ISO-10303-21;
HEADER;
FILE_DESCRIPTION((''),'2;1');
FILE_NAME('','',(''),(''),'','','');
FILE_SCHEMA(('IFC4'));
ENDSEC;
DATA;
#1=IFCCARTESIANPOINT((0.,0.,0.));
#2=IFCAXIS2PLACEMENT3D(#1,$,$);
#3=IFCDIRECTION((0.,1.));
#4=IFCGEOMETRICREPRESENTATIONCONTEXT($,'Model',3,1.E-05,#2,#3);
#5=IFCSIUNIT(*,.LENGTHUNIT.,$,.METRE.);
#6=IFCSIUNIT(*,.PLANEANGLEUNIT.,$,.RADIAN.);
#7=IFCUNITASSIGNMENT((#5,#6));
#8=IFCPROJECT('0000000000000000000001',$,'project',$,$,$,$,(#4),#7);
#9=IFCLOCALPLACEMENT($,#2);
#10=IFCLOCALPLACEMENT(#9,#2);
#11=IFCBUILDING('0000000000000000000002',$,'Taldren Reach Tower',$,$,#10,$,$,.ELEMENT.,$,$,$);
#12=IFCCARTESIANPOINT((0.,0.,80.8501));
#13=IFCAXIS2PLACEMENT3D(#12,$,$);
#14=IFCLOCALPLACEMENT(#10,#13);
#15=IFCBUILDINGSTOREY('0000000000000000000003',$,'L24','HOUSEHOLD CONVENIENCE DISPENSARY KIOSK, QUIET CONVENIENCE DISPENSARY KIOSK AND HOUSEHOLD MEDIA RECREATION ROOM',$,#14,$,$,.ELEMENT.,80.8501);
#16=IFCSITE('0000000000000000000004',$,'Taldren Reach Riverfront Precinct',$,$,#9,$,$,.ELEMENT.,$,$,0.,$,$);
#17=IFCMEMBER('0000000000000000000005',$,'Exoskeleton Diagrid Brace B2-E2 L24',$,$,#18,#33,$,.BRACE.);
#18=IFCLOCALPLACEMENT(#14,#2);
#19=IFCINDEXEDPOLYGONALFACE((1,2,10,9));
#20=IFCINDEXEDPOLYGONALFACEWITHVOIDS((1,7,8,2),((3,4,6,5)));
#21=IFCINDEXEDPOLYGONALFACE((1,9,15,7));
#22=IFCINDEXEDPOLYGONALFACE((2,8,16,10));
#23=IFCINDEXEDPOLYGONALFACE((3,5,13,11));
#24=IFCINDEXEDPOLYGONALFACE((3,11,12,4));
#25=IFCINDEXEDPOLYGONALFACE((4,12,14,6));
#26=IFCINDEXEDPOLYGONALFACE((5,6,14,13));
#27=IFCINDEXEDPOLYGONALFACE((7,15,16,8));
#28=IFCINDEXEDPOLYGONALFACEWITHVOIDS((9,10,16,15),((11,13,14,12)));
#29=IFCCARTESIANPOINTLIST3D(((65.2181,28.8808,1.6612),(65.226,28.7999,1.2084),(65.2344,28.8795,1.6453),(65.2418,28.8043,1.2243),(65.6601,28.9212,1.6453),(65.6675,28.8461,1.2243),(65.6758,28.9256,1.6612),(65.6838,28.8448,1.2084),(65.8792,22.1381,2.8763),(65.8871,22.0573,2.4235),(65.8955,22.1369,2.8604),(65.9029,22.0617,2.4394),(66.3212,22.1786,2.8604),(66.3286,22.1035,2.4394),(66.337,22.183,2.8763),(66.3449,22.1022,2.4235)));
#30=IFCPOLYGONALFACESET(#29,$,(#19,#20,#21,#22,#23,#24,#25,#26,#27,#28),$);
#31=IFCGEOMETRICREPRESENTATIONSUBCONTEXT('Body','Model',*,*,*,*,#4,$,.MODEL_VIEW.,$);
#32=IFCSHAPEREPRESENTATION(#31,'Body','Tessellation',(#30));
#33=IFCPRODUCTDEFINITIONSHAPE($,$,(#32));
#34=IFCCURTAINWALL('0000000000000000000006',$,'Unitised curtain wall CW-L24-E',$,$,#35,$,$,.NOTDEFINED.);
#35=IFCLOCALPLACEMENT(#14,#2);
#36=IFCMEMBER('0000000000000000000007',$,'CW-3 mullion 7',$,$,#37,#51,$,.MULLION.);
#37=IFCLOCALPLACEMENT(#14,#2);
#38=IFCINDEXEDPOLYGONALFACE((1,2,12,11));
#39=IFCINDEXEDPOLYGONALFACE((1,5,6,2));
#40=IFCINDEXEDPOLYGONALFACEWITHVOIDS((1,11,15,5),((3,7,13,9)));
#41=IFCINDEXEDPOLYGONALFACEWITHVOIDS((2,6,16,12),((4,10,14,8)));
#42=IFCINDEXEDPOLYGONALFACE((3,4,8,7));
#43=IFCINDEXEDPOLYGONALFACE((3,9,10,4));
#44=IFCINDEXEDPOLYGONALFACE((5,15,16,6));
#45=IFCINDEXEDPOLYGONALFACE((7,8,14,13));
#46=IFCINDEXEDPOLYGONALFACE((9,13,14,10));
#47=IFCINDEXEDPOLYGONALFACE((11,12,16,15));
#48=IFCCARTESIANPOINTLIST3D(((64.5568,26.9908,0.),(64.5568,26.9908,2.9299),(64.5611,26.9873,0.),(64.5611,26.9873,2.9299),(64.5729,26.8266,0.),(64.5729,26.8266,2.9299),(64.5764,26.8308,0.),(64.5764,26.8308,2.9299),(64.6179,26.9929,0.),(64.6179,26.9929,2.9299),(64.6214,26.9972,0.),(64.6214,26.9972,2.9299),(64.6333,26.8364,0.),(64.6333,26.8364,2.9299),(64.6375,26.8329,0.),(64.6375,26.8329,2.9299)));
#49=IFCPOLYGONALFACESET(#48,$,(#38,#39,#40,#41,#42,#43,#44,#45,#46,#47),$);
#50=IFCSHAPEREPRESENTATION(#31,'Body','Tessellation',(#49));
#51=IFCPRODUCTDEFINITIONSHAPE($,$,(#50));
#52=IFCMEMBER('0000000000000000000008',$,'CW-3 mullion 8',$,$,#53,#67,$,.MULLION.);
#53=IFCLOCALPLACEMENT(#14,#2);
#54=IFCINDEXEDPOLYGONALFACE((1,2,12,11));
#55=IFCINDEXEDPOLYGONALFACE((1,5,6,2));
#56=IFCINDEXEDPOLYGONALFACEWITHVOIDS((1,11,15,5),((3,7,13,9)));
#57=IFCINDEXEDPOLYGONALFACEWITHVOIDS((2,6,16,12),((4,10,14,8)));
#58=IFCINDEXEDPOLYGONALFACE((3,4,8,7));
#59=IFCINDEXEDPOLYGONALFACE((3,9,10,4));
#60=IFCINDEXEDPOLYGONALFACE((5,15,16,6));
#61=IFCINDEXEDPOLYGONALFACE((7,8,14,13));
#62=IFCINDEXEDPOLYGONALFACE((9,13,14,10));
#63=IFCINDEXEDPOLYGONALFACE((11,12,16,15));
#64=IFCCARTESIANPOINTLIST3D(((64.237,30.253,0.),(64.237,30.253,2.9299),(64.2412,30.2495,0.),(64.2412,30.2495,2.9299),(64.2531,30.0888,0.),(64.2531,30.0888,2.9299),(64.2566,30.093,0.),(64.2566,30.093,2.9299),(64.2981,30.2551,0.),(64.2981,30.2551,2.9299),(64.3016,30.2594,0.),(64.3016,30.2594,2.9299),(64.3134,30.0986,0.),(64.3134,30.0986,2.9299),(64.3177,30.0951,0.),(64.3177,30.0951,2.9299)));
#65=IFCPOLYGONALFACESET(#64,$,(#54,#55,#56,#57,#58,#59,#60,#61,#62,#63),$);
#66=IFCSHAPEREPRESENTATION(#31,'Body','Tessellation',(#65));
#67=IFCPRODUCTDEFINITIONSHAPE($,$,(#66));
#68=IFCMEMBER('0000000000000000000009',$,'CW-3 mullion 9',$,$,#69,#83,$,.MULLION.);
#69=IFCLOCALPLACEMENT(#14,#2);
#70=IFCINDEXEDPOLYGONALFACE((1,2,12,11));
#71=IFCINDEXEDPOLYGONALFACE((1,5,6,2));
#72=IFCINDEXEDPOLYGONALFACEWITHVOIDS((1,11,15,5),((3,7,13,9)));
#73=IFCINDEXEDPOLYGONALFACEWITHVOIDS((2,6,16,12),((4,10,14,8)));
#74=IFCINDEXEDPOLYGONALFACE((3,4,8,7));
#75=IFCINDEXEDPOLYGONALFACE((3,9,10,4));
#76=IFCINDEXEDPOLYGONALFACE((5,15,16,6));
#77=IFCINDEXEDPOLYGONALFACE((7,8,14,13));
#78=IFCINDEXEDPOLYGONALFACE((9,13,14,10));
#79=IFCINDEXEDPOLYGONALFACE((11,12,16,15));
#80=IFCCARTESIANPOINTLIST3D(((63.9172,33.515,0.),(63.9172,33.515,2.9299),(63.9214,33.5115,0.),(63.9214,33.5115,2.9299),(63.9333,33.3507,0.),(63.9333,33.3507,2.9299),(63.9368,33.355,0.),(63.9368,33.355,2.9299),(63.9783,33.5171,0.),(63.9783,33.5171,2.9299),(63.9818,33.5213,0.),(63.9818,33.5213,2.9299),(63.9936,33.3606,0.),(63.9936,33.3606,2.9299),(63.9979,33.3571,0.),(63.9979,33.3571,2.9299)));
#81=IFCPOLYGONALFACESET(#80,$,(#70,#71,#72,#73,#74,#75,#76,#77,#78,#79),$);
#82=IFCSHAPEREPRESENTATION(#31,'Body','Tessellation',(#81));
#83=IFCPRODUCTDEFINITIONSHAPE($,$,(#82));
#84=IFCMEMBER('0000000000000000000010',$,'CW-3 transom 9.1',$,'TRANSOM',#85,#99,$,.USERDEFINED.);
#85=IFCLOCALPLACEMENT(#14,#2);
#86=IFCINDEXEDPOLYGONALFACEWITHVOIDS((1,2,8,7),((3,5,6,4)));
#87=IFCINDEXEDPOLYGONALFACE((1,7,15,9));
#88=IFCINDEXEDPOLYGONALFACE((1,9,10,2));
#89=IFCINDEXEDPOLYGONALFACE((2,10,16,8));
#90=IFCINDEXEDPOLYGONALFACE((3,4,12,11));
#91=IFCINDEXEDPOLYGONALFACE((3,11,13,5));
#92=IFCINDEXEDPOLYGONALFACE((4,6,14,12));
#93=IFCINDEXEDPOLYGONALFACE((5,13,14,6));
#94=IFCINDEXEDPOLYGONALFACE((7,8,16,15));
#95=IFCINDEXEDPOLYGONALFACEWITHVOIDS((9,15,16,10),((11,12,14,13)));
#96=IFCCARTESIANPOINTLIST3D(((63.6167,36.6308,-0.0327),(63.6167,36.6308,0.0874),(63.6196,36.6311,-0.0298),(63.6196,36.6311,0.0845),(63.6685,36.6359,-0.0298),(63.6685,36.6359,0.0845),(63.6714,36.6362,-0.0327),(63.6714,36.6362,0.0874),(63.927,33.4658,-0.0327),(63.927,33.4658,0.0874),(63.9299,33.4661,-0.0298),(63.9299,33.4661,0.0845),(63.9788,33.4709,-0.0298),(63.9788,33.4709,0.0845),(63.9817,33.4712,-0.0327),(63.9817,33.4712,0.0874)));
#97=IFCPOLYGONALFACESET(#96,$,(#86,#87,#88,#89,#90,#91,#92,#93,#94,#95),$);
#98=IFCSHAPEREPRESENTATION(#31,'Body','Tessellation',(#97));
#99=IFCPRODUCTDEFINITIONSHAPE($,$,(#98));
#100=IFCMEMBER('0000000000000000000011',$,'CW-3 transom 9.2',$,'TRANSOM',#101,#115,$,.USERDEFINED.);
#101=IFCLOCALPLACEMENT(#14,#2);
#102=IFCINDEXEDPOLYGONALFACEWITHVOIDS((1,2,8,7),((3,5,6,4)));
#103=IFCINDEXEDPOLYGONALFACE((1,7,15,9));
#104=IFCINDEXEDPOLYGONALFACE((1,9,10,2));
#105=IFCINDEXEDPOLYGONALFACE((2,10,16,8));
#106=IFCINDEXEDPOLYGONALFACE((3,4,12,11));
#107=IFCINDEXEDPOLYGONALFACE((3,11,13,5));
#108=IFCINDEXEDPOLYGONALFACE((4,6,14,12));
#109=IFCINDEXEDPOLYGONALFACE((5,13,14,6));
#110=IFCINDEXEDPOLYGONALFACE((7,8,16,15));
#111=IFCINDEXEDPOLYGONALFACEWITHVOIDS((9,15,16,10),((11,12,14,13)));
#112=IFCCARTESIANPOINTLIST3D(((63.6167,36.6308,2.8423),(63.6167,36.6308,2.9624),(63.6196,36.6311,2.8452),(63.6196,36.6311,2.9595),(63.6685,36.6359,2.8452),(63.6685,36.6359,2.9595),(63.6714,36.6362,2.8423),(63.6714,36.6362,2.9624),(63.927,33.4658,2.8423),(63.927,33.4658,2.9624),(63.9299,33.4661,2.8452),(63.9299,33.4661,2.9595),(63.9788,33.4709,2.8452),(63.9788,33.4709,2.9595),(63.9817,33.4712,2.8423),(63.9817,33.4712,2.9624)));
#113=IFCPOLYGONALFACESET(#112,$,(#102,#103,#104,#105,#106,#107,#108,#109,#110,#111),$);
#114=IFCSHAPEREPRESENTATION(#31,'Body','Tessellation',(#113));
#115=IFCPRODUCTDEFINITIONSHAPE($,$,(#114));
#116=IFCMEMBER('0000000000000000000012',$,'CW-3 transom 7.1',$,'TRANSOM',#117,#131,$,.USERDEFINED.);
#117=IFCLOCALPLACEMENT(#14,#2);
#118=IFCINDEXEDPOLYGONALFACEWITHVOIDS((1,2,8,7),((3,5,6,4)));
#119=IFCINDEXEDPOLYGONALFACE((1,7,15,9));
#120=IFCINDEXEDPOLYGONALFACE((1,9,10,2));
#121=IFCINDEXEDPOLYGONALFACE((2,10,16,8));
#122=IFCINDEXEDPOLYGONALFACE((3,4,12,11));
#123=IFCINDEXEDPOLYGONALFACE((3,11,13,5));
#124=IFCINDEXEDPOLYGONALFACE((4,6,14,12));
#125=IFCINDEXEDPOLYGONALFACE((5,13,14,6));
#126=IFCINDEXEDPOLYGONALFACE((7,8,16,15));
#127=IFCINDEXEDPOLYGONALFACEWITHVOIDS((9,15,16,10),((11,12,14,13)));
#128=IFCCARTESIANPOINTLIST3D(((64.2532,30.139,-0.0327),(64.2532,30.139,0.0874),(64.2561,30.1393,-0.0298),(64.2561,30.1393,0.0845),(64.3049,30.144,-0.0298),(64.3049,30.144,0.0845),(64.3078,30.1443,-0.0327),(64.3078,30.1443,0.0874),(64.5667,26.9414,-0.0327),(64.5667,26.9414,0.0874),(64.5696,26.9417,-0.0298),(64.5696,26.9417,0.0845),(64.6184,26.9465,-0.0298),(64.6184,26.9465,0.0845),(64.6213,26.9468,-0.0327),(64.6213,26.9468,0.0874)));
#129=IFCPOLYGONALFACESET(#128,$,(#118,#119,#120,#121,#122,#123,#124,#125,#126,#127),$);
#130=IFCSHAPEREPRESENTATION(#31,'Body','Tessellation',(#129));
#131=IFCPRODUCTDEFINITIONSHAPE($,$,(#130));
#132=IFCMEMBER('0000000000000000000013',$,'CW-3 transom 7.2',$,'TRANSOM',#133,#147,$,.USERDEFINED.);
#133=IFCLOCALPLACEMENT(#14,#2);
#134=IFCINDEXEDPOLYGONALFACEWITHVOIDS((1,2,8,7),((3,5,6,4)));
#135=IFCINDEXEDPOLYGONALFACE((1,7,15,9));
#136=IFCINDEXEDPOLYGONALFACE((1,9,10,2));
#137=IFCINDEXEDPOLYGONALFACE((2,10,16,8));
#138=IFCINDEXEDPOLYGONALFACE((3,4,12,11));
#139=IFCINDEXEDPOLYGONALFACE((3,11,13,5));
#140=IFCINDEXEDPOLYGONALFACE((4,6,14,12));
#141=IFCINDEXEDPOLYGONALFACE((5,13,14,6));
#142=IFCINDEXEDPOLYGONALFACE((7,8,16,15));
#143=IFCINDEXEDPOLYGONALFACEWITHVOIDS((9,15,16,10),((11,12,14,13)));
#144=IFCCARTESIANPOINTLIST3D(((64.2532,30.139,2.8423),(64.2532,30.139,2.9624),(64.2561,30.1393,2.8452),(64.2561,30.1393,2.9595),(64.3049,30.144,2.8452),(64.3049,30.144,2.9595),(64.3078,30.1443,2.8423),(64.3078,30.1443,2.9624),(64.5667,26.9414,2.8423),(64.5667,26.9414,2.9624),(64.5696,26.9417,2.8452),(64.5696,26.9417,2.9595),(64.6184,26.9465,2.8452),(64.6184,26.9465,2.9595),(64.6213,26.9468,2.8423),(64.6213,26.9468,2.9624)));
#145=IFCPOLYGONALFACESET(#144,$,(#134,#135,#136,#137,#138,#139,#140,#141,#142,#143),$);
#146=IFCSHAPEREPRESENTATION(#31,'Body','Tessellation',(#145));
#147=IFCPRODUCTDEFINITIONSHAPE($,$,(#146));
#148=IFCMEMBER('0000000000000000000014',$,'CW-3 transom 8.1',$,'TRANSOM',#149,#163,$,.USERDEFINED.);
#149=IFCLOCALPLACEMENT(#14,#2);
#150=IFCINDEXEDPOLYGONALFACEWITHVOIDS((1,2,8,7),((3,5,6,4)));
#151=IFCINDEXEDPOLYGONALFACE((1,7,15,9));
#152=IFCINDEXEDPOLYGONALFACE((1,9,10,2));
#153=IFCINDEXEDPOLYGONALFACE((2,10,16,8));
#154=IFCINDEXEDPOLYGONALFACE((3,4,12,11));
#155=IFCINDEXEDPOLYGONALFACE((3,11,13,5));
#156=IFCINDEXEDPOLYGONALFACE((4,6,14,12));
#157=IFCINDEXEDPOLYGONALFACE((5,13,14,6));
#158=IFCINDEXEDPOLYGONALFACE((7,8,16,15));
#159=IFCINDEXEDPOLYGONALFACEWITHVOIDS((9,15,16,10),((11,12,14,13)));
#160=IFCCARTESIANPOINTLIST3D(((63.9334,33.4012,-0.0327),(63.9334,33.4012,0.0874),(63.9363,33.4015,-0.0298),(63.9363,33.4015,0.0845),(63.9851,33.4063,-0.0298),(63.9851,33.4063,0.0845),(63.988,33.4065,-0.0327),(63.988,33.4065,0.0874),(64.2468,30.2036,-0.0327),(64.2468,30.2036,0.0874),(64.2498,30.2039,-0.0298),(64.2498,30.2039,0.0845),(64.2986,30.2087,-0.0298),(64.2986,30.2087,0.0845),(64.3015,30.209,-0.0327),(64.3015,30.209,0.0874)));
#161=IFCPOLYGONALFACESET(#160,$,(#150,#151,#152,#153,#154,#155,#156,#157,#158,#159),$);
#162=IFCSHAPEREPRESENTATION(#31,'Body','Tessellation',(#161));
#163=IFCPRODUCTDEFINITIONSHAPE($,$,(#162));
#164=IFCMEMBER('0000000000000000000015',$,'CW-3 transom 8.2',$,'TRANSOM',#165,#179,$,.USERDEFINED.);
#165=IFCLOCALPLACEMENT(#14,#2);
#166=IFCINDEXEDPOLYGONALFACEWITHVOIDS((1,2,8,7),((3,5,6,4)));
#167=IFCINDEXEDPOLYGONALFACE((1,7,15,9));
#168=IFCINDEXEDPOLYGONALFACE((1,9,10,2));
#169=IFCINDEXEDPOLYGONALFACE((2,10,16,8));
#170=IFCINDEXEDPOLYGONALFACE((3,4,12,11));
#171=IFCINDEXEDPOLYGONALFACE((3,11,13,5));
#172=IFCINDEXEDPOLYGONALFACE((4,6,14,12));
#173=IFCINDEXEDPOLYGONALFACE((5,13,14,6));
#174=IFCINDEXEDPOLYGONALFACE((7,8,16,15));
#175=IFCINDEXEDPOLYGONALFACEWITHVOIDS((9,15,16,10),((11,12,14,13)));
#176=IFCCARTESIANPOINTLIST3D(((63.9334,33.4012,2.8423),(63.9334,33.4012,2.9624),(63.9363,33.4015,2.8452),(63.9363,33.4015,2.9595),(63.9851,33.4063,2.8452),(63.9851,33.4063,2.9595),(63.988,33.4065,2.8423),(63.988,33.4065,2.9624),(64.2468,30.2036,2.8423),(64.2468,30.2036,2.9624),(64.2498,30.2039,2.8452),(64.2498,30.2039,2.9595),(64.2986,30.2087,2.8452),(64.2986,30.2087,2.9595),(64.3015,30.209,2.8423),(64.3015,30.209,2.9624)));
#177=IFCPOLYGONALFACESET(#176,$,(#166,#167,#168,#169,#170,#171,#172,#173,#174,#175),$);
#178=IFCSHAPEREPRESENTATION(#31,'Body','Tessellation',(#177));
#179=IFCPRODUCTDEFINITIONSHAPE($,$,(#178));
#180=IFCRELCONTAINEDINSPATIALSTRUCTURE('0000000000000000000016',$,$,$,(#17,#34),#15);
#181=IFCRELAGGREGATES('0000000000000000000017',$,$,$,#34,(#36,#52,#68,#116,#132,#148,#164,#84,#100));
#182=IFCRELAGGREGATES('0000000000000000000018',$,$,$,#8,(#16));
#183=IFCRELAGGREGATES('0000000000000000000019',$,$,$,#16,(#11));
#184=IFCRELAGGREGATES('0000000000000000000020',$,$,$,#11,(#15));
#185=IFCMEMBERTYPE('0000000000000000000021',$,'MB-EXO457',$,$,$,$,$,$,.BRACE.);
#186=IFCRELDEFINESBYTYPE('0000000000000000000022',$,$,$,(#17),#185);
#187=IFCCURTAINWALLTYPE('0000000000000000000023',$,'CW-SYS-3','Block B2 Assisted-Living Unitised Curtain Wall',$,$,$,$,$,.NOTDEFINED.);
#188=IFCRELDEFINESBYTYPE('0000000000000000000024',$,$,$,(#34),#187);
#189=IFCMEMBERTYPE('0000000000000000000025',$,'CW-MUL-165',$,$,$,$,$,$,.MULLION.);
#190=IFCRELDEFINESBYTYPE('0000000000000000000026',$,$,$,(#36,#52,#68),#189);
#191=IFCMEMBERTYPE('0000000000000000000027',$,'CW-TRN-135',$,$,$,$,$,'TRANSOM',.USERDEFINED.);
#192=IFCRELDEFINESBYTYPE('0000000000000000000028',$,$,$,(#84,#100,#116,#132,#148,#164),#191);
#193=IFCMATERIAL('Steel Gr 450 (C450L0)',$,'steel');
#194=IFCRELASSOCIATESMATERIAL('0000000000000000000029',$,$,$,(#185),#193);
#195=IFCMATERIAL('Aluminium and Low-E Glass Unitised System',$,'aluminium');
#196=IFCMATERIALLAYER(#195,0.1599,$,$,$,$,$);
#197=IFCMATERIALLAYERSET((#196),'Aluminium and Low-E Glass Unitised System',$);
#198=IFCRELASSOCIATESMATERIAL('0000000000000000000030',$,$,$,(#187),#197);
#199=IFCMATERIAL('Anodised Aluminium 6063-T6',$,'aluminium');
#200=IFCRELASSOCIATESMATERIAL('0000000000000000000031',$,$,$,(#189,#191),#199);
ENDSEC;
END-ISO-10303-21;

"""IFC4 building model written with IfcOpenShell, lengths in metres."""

from ifc_helpers import new_model, si_unit, direction, frame, origin, origin_2d, place, context, subcontext, project, spatial, hollow_rectangle, extrude, source, transform, mapped, material, layer, layer_set, material_profile, profile_set, type_object, element, aggregate, save


model = new_model("IFC4")

# Units and contexts
model_context = context("Model", 3, precision=1e-05, world=origin(), true_north=direction((0.0, 1.0)))
body_context = subcontext(model_context, "Body", "Model", "MODEL_VIEW")
ifc_project = project(units=[si_unit("LENGTHUNIT", "METRE"), si_unit("PLANEANGLEUNIT", "RADIAN")], contexts=[model_context])

# Site, building, storey
site_placement = place(None, origin())
site = spatial("IfcSite", under=ifc_project, at=site_placement, Name="Taldren Reach Riverfront Precinct", CompositionType="ELEMENT", RefElevation=0.0)
building_placement = place(site_placement, origin())
building = spatial("IfcBuilding", under=site, at=building_placement, Name="Taldren Reach Tower", CompositionType="ELEMENT")
storey_placement = place(building_placement, frame((0.0, 0.0, 80.8501)))
storey = spatial("IfcBuildingStorey", under=building, at=storey_placement, Name="L24", Description="HOUSEHOLD CONVENIENCE DISPENSARY KIOSK, QUIET CONVENIENCE DISPENSARY KIOSK AND HOUSEHOLD MEDIA RECREATION ROOM", CompositionType="ELEMENT", Elevation=80.8501)

# Member
ifc_material_1 = material(Name="Steel Gr 450 (C450L0)", Category="steel")
ifc_material_profile_1 = material_profile(ifc_material_1, hollow_rectangle(XDim=0.46, YDim=0.46, WallThickness=0.0161, at=origin_2d()), Name="460x460x16.0SHS")
ifc_profile_set_1 = profile_set([ifc_material_profile_1], Name="Steel Gr 450 (C450L0)")
member_type_1 = type_object("IfcMemberType", Name="MB-EXO457", PredefinedType="BRACE", material=ifc_profile_set_1)
shared_shape_1 = source(origin(), body_context, "Body", "SweptSolid", [
    extrude(hollow_rectangle(XDim=0.46, YDim=0.46, WallThickness=0.0161, at=origin_2d()), origin(), (0.0, 0.0, 1.0), 6.8831),
])
member_1_placement = place(storey_placement, frame((65.4509, 28.8628, 1.4348), z_axis=(0.096051, -0.979597, 0.176532), x_axis=(0.995227, 0.097584, 0.0)))
element("IfcMember", 1, at=member_1_placement, inside=storey, type_object=member_type_1, Name="Exoskeleton Diagrid Brace B2-E2 L24", PredefinedType="BRACE", context=body_context, shape_type="MappedRepresentation", body=[
    mapped(shared_shape_1, transform((0.0, 0.0, 0.0), scale=1.0)),
])

# Curtain wall, members
ifc_material_2 = material(Name="Aluminium and Low-E Glass Unitised System", Category="aluminium")
ifc_layer_1 = layer(ifc_material_2, 0.1599)
ifc_layer_set_1 = layer_set([ifc_layer_1], Name="Aluminium and Low-E Glass Unitised System")
curtain_wall_type = type_object("IfcCurtainWallType", Name="CW-SYS-3", Description="Block B2 Assisted-Living Unitised Curtain Wall", PredefinedType="NOTDEFINED", material=ifc_layer_set_1)
curtain_wall_placement = place(storey_placement, origin())
curtain_wall = element("IfcCurtainWall", 2, at=curtain_wall_placement, inside=storey, type_object=curtain_wall_type, Name="Unitised curtain wall CW-L24-E", PredefinedType="NOTDEFINED")
ifc_material_3 = material(Name="Anodised Aluminium 6063-T6", Category="aluminium")
ifc_material_profile_2 = material_profile(ifc_material_3, hollow_rectangle(XDim=0.0649, YDim=0.165, WallThickness=0.0039, at=origin_2d()), Name="ALU-165x65x4RHS")
ifc_profile_set_2 = profile_set([ifc_material_profile_2], Name="Anodised Aluminium 6063-T6")
member_type_2 = type_object("IfcMemberType", Name="CW-MUL-165", PredefinedType="MULLION", material=ifc_profile_set_2)
shared_shape_2 = source(origin(), body_context, "Body", "SweptSolid", [
    extrude(hollow_rectangle(XDim=0.0649, YDim=0.165, WallThickness=0.0039, at=origin_2d()), origin(), (0.0, 0.0, 1.0), 2.9299),
])
member_2_placement = place(storey_placement, frame((64.5972, 26.9119, 0.0), z_axis=(0.0, 0.0, 1.0), x_axis=(-0.995227, -0.097583, 0.0)))
member_2 = element("IfcMember", 3, at=member_2_placement, type_object=member_type_2, Name="CW-3 mullion 7", PredefinedType="MULLION", context=body_context, shape_type="MappedRepresentation", body=[
    mapped(shared_shape_2, transform((0.0, 0.0, 0.0), scale=1.0)),
])
member_3_placement = place(storey_placement, frame((64.2773, 30.1741, 0.0), z_axis=(0.0, 0.0, 1.0), x_axis=(-0.995227, -0.097583, 0.0)))
member_3 = element("IfcMember", 4, at=member_3_placement, type_object=member_type_2, Name="CW-3 mullion 8", PredefinedType="MULLION", context=body_context, shape_type="MappedRepresentation", body=[
    mapped(shared_shape_2, transform((0.0, 0.0, 0.0), scale=1.0)),
])
member_4_placement = place(storey_placement, frame((63.9575, 33.436, 0.0), z_axis=(0.0, 0.0, 1.0), x_axis=(-0.995227, -0.097583, 0.0)))
member_4 = element("IfcMember", 5, at=member_4_placement, type_object=member_type_2, Name="CW-3 mullion 9", PredefinedType="MULLION", context=body_context, shape_type="MappedRepresentation", body=[
    mapped(shared_shape_2, transform((0.0, 0.0, 0.0), scale=1.0)),
])
ifc_material_profile_3 = material_profile(ifc_material_3, hollow_rectangle(XDim=0.0549, YDim=0.1201, WallThickness=0.0029, at=origin_2d()), Name="ALU-120x55x3RHS")
ifc_profile_set_3 = profile_set([ifc_material_profile_3], Name="Anodised Aluminium 6063-T6")
member_type_3 = type_object("IfcMemberType", Name="CW-TRN-135", ElementType="TRANSOM", PredefinedType="USERDEFINED", material=ifc_profile_set_3)
shared_shape_3 = source(origin(), body_context, "Body", "SweptSolid", [
    extrude(hollow_rectangle(XDim=0.0549, YDim=0.1201, WallThickness=0.0029, at=origin_2d()), origin(), (0.0, 0.0, 1.0), 3.1802),
])
member_5_placement = place(storey_placement, frame((63.9543, 33.4685, 0.0273), z_axis=(-0.097573, 0.995228, 0.0), x_axis=(-0.995228, -0.097573, 0.0)))
member_5 = element("IfcMember", 6, at=member_5_placement, type_object=member_type_3, Name="CW-3 transom 9.1", ObjectType="TRANSOM", PredefinedType="USERDEFINED", context=body_context, shape_type="MappedRepresentation", body=[
    mapped(shared_shape_3, transform((0.0, 0.0, 0.0), scale=1.0)),
])
member_6_placement = place(storey_placement, frame((63.9543, 33.4685, 2.9023), z_axis=(-0.097573, 0.995228, 0.0), x_axis=(-0.995228, -0.097573, 0.0)))
member_6 = element("IfcMember", 7, at=member_6_placement, type_object=member_type_3, Name="CW-3 transom 9.2", ObjectType="TRANSOM", PredefinedType="USERDEFINED", context=body_context, shape_type="MappedRepresentation", body=[
    mapped(shared_shape_3, transform((0.0, 0.0, 0.0), scale=1.0)),
])
shared_shape_4 = source(origin(), body_context, "Body", "SweptSolid", [
    extrude(hollow_rectangle(XDim=0.0549, YDim=0.1201, WallThickness=0.0029, at=origin_2d()), origin(), (0.0, 0.0, 1.0), 3.2129),
])
member_7_placement = place(storey_placement, frame((64.594, 26.9441, 0.0273), z_axis=(-0.09757, 0.995229, 0.0), x_axis=(-0.995229, -0.09757, 0.0)))
member_7 = element("IfcMember", 8, at=member_7_placement, type_object=member_type_3, Name="CW-3 transom 7.1", ObjectType="TRANSOM", PredefinedType="USERDEFINED", context=body_context, shape_type="MappedRepresentation", body=[
    mapped(shared_shape_4, transform((0.0, 0.0, 0.0), scale=1.0)),
])
member_8_placement = place(storey_placement, frame((64.594, 26.9441, 2.9023), z_axis=(-0.09757, 0.995229, 0.0), x_axis=(-0.995229, -0.09757, 0.0)))
member_8 = element("IfcMember", 9, at=member_8_placement, type_object=member_type_3, Name="CW-3 transom 7.2", ObjectType="TRANSOM", PredefinedType="USERDEFINED", context=body_context, shape_type="MappedRepresentation", body=[
    mapped(shared_shape_4, transform((0.0, 0.0, 0.0), scale=1.0)),
])
member_9_placement = place(storey_placement, frame((64.2742, 30.2063, 0.0273), z_axis=(-0.09757, 0.995229, 0.0), x_axis=(-0.995229, -0.09757, 0.0)))
member_9 = element("IfcMember", 10, at=member_9_placement, type_object=member_type_3, Name="CW-3 transom 8.1", ObjectType="TRANSOM", PredefinedType="USERDEFINED", context=body_context, shape_type="MappedRepresentation", body=[
    mapped(shared_shape_4, transform((0.0, 0.0, 0.0), scale=1.0)),
])
member_10_placement = place(storey_placement, frame((64.2742, 30.2063, 2.9023), z_axis=(-0.09757, 0.995229, 0.0), x_axis=(-0.995229, -0.09757, 0.0)))
member_10 = element("IfcMember", 11, at=member_10_placement, type_object=member_type_3, Name="CW-3 transom 8.2", ObjectType="TRANSOM", PredefinedType="USERDEFINED", context=body_context, shape_type="MappedRepresentation", body=[
    mapped(shared_shape_4, transform((0.0, 0.0, 0.0), scale=1.0)),
])
aggregate(curtain_wall, [member_2, member_3, member_4, member_7, member_8, member_9, member_10, member_5, member_6])

save(model, "model.ifc")
